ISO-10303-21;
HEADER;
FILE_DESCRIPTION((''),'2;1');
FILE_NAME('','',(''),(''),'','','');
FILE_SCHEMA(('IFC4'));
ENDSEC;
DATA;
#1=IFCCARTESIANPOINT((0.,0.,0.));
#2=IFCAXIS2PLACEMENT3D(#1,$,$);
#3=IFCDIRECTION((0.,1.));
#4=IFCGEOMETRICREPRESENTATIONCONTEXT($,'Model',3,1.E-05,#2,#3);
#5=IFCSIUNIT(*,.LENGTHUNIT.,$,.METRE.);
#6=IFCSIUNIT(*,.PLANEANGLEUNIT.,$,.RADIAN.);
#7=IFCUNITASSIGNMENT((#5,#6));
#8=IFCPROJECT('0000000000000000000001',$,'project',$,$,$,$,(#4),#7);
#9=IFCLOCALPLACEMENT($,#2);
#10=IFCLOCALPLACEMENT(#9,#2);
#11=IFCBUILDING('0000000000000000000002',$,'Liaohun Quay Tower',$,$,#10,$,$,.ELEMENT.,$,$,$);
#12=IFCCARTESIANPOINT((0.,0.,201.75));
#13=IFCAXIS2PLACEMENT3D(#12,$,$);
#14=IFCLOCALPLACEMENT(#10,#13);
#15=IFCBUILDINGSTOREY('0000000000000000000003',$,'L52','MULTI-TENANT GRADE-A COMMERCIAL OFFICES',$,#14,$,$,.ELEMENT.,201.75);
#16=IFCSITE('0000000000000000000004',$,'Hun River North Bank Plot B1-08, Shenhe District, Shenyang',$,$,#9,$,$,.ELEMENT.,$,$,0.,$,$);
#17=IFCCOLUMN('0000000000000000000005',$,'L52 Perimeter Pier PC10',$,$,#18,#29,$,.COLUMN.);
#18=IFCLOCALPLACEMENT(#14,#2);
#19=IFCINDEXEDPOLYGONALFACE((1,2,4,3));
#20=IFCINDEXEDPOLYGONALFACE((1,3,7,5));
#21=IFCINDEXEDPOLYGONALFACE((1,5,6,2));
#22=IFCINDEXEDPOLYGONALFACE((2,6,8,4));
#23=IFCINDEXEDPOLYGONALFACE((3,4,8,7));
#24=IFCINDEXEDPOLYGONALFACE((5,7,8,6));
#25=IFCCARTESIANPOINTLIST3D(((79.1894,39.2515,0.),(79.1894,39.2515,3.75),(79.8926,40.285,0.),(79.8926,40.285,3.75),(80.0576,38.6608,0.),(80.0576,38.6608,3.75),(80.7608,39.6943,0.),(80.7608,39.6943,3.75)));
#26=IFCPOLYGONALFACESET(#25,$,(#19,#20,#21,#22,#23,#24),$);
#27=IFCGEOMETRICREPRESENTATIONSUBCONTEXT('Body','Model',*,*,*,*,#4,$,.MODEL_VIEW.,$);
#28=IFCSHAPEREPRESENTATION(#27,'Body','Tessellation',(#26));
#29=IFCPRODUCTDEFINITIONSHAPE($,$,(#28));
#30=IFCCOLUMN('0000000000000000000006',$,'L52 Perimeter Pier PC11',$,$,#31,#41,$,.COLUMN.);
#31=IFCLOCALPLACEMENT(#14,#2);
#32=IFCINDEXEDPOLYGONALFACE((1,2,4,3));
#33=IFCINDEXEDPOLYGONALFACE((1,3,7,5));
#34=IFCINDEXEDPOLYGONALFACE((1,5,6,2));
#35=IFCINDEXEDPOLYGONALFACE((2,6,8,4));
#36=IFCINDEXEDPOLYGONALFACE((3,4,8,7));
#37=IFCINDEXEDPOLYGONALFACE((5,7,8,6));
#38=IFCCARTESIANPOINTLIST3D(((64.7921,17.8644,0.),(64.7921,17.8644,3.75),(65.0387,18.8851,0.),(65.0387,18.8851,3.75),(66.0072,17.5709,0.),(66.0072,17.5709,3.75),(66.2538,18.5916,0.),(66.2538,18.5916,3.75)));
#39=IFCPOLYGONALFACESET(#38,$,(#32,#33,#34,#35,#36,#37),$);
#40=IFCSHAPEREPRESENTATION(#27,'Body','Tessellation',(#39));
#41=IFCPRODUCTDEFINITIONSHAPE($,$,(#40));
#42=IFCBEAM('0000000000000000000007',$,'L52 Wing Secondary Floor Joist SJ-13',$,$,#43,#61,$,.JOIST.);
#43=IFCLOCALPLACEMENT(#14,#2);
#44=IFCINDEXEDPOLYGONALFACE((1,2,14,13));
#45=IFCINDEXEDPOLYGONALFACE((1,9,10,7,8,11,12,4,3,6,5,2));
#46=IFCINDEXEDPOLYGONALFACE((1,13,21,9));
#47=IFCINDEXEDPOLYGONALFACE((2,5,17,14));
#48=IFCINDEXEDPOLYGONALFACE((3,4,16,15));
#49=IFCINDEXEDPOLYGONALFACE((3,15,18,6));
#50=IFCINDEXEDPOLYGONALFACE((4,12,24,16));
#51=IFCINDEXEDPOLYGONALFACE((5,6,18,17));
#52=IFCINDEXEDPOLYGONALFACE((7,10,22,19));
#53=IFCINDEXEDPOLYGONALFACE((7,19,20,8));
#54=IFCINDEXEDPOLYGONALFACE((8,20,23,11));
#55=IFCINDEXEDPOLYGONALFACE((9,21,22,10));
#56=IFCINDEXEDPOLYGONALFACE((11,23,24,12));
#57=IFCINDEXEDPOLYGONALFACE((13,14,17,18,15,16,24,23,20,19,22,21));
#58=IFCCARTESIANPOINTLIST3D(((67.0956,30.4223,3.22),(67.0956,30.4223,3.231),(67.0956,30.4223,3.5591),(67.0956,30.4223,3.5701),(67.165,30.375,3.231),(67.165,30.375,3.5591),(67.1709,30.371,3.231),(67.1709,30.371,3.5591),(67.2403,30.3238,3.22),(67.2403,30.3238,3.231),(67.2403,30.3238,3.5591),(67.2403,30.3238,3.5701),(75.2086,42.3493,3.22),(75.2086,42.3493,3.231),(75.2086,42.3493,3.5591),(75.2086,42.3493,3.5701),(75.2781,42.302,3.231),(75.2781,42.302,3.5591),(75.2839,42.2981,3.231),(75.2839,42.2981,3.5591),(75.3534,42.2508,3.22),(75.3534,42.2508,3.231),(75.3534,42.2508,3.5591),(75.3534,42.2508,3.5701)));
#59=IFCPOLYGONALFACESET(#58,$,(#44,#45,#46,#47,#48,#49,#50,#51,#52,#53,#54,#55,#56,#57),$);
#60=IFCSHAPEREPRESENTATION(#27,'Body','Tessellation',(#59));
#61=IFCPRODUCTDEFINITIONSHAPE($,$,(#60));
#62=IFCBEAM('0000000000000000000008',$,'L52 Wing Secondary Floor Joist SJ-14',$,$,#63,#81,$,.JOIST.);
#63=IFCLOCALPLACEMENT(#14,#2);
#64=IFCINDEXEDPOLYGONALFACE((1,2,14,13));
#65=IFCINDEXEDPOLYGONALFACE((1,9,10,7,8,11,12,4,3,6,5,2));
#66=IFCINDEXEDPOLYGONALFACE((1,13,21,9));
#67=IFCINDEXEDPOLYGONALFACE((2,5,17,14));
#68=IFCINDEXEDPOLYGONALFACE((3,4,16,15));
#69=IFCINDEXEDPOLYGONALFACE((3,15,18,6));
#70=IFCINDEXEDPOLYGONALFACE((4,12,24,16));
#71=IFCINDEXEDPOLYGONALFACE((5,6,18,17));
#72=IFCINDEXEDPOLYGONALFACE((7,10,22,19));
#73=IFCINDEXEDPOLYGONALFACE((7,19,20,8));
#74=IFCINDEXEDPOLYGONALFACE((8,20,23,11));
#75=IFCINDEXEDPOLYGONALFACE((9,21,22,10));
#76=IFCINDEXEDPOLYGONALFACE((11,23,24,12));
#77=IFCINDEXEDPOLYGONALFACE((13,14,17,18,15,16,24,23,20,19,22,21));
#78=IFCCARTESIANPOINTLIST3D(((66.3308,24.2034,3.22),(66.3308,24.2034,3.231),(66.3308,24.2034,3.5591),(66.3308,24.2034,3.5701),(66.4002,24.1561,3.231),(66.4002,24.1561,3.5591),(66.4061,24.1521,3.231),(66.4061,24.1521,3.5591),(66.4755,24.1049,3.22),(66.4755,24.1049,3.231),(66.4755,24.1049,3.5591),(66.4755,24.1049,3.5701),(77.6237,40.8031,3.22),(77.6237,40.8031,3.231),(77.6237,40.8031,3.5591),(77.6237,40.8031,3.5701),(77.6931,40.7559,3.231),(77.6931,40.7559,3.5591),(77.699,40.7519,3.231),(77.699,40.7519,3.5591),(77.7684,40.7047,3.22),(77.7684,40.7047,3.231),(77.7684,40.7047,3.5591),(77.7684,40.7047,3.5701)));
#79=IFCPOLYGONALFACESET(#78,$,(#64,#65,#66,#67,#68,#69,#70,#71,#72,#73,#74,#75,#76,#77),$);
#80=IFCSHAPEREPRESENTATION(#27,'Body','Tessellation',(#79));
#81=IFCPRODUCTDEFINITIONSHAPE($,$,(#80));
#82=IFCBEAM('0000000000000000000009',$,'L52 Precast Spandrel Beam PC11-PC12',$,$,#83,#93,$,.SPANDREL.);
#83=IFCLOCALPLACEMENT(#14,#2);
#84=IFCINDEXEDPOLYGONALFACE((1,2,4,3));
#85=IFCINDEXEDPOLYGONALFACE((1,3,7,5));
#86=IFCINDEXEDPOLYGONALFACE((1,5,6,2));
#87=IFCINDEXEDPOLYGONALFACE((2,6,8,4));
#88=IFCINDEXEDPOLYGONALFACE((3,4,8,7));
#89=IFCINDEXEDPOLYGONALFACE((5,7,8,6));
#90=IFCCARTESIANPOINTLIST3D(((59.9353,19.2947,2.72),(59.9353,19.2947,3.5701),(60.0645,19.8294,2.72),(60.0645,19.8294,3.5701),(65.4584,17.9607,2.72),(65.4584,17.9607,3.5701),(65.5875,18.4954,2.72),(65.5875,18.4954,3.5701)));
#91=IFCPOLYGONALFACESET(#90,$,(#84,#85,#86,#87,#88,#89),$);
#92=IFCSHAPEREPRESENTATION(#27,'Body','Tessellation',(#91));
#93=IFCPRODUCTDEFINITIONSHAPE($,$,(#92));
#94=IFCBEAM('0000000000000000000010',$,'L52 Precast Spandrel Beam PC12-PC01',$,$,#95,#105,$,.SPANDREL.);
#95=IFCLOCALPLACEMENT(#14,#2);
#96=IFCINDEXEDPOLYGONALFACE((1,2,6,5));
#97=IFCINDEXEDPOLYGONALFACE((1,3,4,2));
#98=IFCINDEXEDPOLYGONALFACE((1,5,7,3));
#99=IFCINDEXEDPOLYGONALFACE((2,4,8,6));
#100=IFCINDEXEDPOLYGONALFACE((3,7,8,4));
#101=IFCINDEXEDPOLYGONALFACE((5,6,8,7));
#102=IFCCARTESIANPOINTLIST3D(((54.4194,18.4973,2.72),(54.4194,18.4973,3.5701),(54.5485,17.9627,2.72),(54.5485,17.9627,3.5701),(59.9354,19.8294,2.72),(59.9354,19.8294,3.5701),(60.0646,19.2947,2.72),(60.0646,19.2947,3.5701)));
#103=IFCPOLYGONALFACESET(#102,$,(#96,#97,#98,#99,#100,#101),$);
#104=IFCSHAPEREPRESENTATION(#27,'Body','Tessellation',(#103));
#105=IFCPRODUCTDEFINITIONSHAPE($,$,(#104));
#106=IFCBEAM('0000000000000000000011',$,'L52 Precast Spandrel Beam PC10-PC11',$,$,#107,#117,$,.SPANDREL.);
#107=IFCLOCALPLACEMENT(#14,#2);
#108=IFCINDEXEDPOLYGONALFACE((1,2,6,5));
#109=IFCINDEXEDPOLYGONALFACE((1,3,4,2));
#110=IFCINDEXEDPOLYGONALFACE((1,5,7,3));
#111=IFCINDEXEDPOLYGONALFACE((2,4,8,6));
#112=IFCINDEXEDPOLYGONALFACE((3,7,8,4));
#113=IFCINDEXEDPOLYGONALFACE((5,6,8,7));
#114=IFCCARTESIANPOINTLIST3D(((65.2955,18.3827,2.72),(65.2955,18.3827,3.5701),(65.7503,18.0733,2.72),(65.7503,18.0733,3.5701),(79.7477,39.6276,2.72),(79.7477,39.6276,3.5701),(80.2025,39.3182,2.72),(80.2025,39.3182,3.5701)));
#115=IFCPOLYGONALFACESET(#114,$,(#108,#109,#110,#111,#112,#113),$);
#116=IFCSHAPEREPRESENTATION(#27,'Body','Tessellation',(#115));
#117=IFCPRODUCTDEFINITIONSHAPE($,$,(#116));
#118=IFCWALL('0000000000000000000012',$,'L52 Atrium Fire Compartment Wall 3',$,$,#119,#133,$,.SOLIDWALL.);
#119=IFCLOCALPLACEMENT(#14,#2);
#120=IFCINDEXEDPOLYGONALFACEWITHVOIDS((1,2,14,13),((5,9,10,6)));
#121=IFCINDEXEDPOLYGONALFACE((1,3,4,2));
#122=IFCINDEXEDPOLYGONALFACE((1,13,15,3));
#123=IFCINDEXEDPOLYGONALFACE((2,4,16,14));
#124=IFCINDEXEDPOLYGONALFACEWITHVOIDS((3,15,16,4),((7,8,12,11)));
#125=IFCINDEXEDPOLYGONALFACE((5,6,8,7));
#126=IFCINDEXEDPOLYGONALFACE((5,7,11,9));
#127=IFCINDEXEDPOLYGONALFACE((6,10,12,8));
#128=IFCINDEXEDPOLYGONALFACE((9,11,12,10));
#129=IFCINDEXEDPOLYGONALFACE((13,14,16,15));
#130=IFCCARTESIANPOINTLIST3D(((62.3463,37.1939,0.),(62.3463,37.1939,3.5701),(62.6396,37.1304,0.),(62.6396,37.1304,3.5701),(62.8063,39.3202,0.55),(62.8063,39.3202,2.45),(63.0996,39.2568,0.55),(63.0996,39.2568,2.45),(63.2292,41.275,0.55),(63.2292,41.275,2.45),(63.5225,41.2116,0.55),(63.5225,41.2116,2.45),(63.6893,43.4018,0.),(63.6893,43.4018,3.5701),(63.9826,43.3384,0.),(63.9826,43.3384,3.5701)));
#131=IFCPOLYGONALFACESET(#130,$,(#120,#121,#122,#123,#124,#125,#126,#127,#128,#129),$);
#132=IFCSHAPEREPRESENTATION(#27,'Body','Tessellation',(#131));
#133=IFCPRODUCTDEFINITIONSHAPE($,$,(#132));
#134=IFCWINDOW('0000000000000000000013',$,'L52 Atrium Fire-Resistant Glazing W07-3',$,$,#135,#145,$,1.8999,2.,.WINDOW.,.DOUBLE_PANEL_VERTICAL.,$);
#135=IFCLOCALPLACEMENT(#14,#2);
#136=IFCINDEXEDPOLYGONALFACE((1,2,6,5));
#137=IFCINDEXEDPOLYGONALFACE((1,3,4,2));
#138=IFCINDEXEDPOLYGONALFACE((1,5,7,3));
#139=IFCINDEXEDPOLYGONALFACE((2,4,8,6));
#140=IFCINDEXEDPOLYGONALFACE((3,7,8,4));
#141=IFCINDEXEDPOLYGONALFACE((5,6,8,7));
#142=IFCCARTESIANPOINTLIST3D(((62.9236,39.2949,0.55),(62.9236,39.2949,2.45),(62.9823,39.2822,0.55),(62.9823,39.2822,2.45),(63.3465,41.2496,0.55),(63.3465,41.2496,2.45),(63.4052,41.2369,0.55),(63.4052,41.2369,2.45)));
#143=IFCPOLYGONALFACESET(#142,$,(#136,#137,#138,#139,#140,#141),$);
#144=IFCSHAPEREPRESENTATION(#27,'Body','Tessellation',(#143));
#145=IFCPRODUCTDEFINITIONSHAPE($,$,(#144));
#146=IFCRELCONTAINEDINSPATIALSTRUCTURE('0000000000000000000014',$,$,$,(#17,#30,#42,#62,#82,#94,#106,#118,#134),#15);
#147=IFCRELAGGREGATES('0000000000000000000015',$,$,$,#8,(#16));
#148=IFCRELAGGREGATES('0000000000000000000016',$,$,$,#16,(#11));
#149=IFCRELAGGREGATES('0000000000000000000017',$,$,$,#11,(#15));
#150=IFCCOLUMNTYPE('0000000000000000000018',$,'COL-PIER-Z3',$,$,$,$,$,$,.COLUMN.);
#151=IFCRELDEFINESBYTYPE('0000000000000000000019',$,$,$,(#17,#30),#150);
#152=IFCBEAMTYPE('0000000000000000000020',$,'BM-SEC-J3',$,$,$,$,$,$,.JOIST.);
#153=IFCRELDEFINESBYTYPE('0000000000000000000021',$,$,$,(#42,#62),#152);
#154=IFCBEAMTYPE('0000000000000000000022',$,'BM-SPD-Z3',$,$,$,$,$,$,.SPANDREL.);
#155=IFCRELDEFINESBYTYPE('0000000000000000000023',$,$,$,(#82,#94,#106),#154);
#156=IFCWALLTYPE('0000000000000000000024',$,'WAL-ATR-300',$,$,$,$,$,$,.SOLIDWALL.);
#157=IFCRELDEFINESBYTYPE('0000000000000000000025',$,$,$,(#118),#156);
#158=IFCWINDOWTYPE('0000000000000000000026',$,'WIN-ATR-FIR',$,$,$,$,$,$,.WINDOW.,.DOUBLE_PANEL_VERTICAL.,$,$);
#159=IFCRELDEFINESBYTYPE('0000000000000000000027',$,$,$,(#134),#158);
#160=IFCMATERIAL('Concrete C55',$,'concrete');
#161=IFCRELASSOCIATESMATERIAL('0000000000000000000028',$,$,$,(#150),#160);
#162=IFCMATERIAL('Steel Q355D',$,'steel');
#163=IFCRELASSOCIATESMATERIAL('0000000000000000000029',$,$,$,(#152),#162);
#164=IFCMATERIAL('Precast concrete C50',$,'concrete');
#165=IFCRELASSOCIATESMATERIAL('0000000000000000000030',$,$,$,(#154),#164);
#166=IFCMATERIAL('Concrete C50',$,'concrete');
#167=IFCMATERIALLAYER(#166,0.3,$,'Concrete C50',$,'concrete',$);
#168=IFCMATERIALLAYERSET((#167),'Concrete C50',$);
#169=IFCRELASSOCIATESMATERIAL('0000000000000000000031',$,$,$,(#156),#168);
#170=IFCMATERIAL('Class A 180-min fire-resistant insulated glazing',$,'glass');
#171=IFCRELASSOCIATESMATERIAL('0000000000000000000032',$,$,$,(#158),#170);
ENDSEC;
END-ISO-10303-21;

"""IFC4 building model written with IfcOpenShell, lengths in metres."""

from ifc_helpers import new_model, si_unit, direction, frame, frame_2d, origin, origin_2d, place, context, subcontext, project, spatial, rectangle, i_section, extrude, source, transform, mapped, material, layer, layer_set, material_profile, profile_set, type_object, element, fill, save


model = new_model("IFC4")

# Units and contexts
model_context = context("Model", 3, precision=1e-05, world=origin(), true_north=direction((0.0, 1.0)))
body_context = subcontext(model_context, "Body", "Model", "MODEL_VIEW")
ifc_project = project(units=[si_unit("LENGTHUNIT", "METRE"), si_unit("PLANEANGLEUNIT", "RADIAN")], contexts=[model_context])

# Site, building, storey
site_placement = place(None, origin())
site = spatial("IfcSite", under=ifc_project, at=site_placement, Name="Hun River North Bank Plot B1-08, Shenhe District, Shenyang", CompositionType="ELEMENT", RefElevation=0.0)
building_placement = place(site_placement, origin())
building = spatial("IfcBuilding", under=site, at=building_placement, Name="Liaohun Quay Tower", CompositionType="ELEMENT")
storey_placement = place(building_placement, frame((0.0, 0.0, 201.75)))
storey = spatial("IfcBuildingStorey", under=building, at=storey_placement, Name="L52", Description="MULTI-TENANT GRADE-A COMMERCIAL OFFICES", CompositionType="ELEMENT", Elevation=201.75)

# Columns
ifc_material_1 = material(Name="Concrete C55", Category="concrete")
ifc_material_profile_1 = material_profile(ifc_material_1, rectangle(XDim=1.25, YDim=1.05, at=origin_2d()), Name="RC1250x1050")
ifc_profile_set_1 = profile_set([ifc_material_profile_1], Name="Concrete C55")
column_type = type_object("IfcColumnType", Name="COL-PIER-Z3", PredefinedType="COLUMN", material=ifc_profile_set_1)
shared_shape_1 = source(origin(), body_context, "Body", "SweptSolid", [
    extrude(rectangle(XDim=1.25, YDim=1.05, at=origin_2d()), origin(), (0.0, 0.0, 1.0), 3.75),
])
for number, where, z_axis, x_axis, name in (
    (1, (79.9751, 39.4729, 0.0), (0.0, 0.0, 1.0), (0.562516, 0.826786, 0.0), "L52 Perimeter Pier PC10"),
    (2, (65.5229, 18.228, 0.0), (0.0, 0.0, 1.0), (-0.972043, 0.234803, 0.0), "L52 Perimeter Pier PC11"),
):
    element("IfcColumn", number, at=place(storey_placement, frame(where, z_axis=z_axis, x_axis=x_axis)), inside=storey, type_object=column_type, Name=name, PredefinedType="COLUMN", context=body_context, shape_type="MappedRepresentation", body=[
        mapped(shared_shape_1, transform((0.0, 0.0, 0.0), x_axis=(1.0, 0.0, 0.0), y_axis=(0.0, 1.0, 0.0), z_axis=(0.0, 0.0, 1.0), scale=1.0)),
    ])

# Beams
ifc_material_2 = material(Name="Steel Q355D", Category="steel")
ifc_material_profile_2 = material_profile(ifc_material_2, i_section(OverallWidth=0.175, OverallDepth=0.3501, WebThickness=0.0071, FlangeThickness=0.011, at=origin_2d()), Name="HN350x175x7x11")
ifc_profile_set_2 = profile_set([ifc_material_profile_2], Name="Steel Q355D")
beam_type_1 = type_object("IfcBeamType", Name="BM-SEC-J3", PredefinedType="JOIST", material=ifc_profile_set_2)
shared_shape_2 = source(origin(), body_context, "Body", "SweptSolid", [
    extrude(i_section(OverallWidth=0.175, OverallDepth=0.3501, WebThickness=0.0071, FlangeThickness=0.011, at=origin_2d()), origin(), (0.0, 0.0, 1.0), 14.4248),
])
beam_1_placement = place(storey_placement, frame((75.281, 42.3, 3.395), z_axis=(-0.562437, -0.82684, 0.0), x_axis=(0.82684, -0.562437, 0.0)))
element("IfcBeam", 3, at=beam_1_placement, inside=storey, type_object=beam_type_1, Name="L52 Wing Secondary Floor Joist SJ-13", PredefinedType="JOIST", context=body_context, shape_type="MappedRepresentation", body=[
    mapped(shared_shape_2, transform((0.0, 0.0, 0.0), x_axis=(1.0, 0.0, 0.0), y_axis=(0.0, 1.0, 0.0), z_axis=(0.0, 0.0, 1.0), scale=1.0)),
])
shared_shape_3 = source(origin(), body_context, "Body", "SweptSolid", [
    extrude(i_section(OverallWidth=0.175, OverallDepth=0.3501, WebThickness=0.0071, FlangeThickness=0.011, at=origin_2d()), origin(), (0.0, 0.0, 1.0), 20.0769),
])
beam_2_placement = place(storey_placement, frame((77.696, 40.7539, 3.395), z_axis=(-0.562483, -0.826809, 0.0), x_axis=(0.826809, -0.562483, 0.0)))
element("IfcBeam", 4, at=beam_2_placement, inside=storey, type_object=beam_type_1, Name="L52 Wing Secondary Floor Joist SJ-14", PredefinedType="JOIST", context=body_context, shape_type="MappedRepresentation", body=[
    mapped(shared_shape_3, transform((0.0, 0.0, 0.0), x_axis=(1.0, 0.0, 0.0), y_axis=(0.0, 1.0, 0.0), z_axis=(0.0, 0.0, 1.0), scale=1.0)),
])
ifc_material_3 = material(Name="Precast concrete C50", Category="concrete")
ifc_material_profile_3 = material_profile(ifc_material_3, rectangle(XDim=0.55, YDim=0.8501, at=origin_2d()), Name="RC550x850")
ifc_profile_set_3 = profile_set([ifc_material_profile_3], Name="Precast concrete C50")
beam_type_2 = type_object("IfcBeamType", Name="BM-SPD-Z3", PredefinedType="SPANDREL", material=ifc_profile_set_3)
shared_shape_4 = source(origin(), body_context, "Body", "SweptSolid", [
    extrude(rectangle(XDim=0.55, YDim=0.8501, at=origin_2d()), origin(), (0.0, 0.0, 1.0), 5.6819),
])
beam_3_placement = place(storey_placement, frame((65.5229, 18.228, 3.145), z_axis=(-0.972048, 0.234783, 0.0), x_axis=(-0.234783, -0.972048, 0.0)))
element("IfcBeam", 5, at=beam_3_placement, inside=storey, type_object=beam_type_2, Name="L52 Precast Spandrel Beam PC11-PC12", PredefinedType="SPANDREL", context=body_context, shape_type="MappedRepresentation", body=[
    mapped(shared_shape_4, transform((0.0, 0.0, 0.0), x_axis=(1.0, 0.0, 0.0), y_axis=(0.0, 1.0, 0.0), z_axis=(0.0, 0.0, 1.0), scale=1.0)),
])
shared_shape_5 = source(origin(), body_context, "Body", "SweptSolid", [
    extrude(rectangle(XDim=0.55, YDim=0.8501, at=origin_2d()), origin(), (0.0, 0.0, 1.0), 5.6746),
])
beam_4_placement = place(storey_placement, frame((60.0, 19.562, 3.145), z_axis=(-0.97206, -0.234733, 0.0), x_axis=(0.234733, -0.97206, 0.0)))
element("IfcBeam", 6, at=beam_4_placement, inside=storey, type_object=beam_type_2, Name="L52 Precast Spandrel Beam PC12-PC01", PredefinedType="SPANDREL", context=body_context, shape_type="MappedRepresentation", body=[
    mapped(shared_shape_5, transform((0.0, 0.0, 0.0), x_axis=(1.0, 0.0, 0.0), y_axis=(0.0, 1.0, 0.0), z_axis=(0.0, 0.0, 1.0), scale=1.0)),
])
shared_shape_6 = source(origin(), body_context, "Body", "SweptSolid", [
    extrude(rectangle(XDim=0.55, YDim=0.8501, at=origin_2d()), origin(), (0.0, 0.0, 1.0), 25.6946),
])
beam_5_placement = place(storey_placement, frame((79.9751, 39.4729, 3.145), z_axis=(-0.56246, -0.826825, 0.0), x_axis=(0.826825, -0.56246, 0.0)))
element("IfcBeam", 7, at=beam_5_placement, inside=storey, type_object=beam_type_2, Name="L52 Precast Spandrel Beam PC10-PC11", PredefinedType="SPANDREL", context=body_context, shape_type="MappedRepresentation", body=[
    mapped(shared_shape_6, transform((0.0, 0.0, 0.0), x_axis=(1.0, 0.0, 0.0), y_axis=(0.0, 1.0, 0.0), z_axis=(0.0, 0.0, 1.0), scale=1.0)),
])

# Wall, opening, window
ifc_material_4 = material(Name="Concrete C50", Category="concrete")
ifc_layer_1 = layer(ifc_material_4, 0.3, Name="Concrete C50", Category="concrete")
ifc_layer_set_1 = layer_set([ifc_layer_1], Name="Concrete C50")
wall_type_1 = type_object("IfcWallType", Name="WAL-ATR-300", PredefinedType="SOLIDWALL", material=ifc_layer_set_1)
wall_1_placement = place(storey_placement, frame((63.8359, 43.3701, 0.0), z_axis=(0.0, 0.0, 1.0), x_axis=(-0.211445, -0.97739, 0.0)))
wall_1 = element("IfcWall", 8, at=wall_1_placement, inside=storey, type_object=wall_type_1, Name="L52 Atrium Fire Compartment Wall 3", PredefinedType="SOLIDWALL", context=body_context, shape_type="SweptSolid", body=[
    extrude(rectangle(XDim=6.3516, YDim=0.3, at=frame_2d((3.1758, 0.0))), origin(), (0.0, 0.0, 1.0), 3.5701),
])
shared_shape_7 = source(origin(), body_context, "Body", "SweptSolid", [
    extrude(rectangle(XDim=2.0, YDim=1.8999, at=frame_2d((1.0, 0.95))), frame((0.0, 0.1599, 0.0), z_axis=(0.0, -1.0, 0.0), x_axis=(1.0, 0.0, 0.0)), (0.0, 0.0, 1.0), 0.3201),
])
opening_1_placement = place(wall_1_placement, frame((2.176, 0.0, 0.55)))
opening_1 = element("IfcOpeningElement", 9, at=opening_1_placement, cuts=wall_1, PredefinedType="OPENING", context=body_context, shape_type="MappedRepresentation", body=[
    mapped(shared_shape_7, transform((0.0, 0.0, 0.0), x_axis=(1.0, 0.0, 0.0), y_axis=(0.0, 1.0, 0.0), z_axis=(0.0, 0.0, 1.0), scale=1.0)),
])
ifc_material_5 = material(Name="Class A 180-min fire-resistant insulated glazing", Category="glass")
window_type_1 = type_object("IfcWindowType", Name="WIN-ATR-FIR", PartitioningType="DOUBLE_PANEL_VERTICAL", PredefinedType="WINDOW", material=ifc_material_5)
shared_shape_8 = source(origin(), body_context, "Body", "SweptSolid", [
    extrude(rectangle(XDim=2.0, YDim=1.8999, at=frame_2d((1.0, 0.95))), frame((0.0, 0.03, 0.0), z_axis=(0.0, -1.0, 0.0), x_axis=(1.0, 0.0, 0.0)), (0.0, 0.0, 1.0), 0.0601),
])
window_1_placement = place(opening_1_placement, origin())
window_1 = element("IfcWindow", 10, at=window_1_placement, inside=storey, type_object=window_type_1, Name="L52 Atrium Fire-Resistant Glazing W07-3", OverallHeight=1.8999, OverallWidth=2.0, PartitioningType="DOUBLE_PANEL_VERTICAL", PredefinedType="WINDOW", context=body_context, shape_type="MappedRepresentation", body=[
    mapped(shared_shape_8, transform((0.0, 0.0, 0.0), x_axis=(1.0, 0.0, 0.0), y_axis=(0.0, 1.0, 0.0), z_axis=(0.0, 0.0, 1.0), scale=1.0)),
])
fill(opening_1, window_1)

save(model, "model.ifc")
